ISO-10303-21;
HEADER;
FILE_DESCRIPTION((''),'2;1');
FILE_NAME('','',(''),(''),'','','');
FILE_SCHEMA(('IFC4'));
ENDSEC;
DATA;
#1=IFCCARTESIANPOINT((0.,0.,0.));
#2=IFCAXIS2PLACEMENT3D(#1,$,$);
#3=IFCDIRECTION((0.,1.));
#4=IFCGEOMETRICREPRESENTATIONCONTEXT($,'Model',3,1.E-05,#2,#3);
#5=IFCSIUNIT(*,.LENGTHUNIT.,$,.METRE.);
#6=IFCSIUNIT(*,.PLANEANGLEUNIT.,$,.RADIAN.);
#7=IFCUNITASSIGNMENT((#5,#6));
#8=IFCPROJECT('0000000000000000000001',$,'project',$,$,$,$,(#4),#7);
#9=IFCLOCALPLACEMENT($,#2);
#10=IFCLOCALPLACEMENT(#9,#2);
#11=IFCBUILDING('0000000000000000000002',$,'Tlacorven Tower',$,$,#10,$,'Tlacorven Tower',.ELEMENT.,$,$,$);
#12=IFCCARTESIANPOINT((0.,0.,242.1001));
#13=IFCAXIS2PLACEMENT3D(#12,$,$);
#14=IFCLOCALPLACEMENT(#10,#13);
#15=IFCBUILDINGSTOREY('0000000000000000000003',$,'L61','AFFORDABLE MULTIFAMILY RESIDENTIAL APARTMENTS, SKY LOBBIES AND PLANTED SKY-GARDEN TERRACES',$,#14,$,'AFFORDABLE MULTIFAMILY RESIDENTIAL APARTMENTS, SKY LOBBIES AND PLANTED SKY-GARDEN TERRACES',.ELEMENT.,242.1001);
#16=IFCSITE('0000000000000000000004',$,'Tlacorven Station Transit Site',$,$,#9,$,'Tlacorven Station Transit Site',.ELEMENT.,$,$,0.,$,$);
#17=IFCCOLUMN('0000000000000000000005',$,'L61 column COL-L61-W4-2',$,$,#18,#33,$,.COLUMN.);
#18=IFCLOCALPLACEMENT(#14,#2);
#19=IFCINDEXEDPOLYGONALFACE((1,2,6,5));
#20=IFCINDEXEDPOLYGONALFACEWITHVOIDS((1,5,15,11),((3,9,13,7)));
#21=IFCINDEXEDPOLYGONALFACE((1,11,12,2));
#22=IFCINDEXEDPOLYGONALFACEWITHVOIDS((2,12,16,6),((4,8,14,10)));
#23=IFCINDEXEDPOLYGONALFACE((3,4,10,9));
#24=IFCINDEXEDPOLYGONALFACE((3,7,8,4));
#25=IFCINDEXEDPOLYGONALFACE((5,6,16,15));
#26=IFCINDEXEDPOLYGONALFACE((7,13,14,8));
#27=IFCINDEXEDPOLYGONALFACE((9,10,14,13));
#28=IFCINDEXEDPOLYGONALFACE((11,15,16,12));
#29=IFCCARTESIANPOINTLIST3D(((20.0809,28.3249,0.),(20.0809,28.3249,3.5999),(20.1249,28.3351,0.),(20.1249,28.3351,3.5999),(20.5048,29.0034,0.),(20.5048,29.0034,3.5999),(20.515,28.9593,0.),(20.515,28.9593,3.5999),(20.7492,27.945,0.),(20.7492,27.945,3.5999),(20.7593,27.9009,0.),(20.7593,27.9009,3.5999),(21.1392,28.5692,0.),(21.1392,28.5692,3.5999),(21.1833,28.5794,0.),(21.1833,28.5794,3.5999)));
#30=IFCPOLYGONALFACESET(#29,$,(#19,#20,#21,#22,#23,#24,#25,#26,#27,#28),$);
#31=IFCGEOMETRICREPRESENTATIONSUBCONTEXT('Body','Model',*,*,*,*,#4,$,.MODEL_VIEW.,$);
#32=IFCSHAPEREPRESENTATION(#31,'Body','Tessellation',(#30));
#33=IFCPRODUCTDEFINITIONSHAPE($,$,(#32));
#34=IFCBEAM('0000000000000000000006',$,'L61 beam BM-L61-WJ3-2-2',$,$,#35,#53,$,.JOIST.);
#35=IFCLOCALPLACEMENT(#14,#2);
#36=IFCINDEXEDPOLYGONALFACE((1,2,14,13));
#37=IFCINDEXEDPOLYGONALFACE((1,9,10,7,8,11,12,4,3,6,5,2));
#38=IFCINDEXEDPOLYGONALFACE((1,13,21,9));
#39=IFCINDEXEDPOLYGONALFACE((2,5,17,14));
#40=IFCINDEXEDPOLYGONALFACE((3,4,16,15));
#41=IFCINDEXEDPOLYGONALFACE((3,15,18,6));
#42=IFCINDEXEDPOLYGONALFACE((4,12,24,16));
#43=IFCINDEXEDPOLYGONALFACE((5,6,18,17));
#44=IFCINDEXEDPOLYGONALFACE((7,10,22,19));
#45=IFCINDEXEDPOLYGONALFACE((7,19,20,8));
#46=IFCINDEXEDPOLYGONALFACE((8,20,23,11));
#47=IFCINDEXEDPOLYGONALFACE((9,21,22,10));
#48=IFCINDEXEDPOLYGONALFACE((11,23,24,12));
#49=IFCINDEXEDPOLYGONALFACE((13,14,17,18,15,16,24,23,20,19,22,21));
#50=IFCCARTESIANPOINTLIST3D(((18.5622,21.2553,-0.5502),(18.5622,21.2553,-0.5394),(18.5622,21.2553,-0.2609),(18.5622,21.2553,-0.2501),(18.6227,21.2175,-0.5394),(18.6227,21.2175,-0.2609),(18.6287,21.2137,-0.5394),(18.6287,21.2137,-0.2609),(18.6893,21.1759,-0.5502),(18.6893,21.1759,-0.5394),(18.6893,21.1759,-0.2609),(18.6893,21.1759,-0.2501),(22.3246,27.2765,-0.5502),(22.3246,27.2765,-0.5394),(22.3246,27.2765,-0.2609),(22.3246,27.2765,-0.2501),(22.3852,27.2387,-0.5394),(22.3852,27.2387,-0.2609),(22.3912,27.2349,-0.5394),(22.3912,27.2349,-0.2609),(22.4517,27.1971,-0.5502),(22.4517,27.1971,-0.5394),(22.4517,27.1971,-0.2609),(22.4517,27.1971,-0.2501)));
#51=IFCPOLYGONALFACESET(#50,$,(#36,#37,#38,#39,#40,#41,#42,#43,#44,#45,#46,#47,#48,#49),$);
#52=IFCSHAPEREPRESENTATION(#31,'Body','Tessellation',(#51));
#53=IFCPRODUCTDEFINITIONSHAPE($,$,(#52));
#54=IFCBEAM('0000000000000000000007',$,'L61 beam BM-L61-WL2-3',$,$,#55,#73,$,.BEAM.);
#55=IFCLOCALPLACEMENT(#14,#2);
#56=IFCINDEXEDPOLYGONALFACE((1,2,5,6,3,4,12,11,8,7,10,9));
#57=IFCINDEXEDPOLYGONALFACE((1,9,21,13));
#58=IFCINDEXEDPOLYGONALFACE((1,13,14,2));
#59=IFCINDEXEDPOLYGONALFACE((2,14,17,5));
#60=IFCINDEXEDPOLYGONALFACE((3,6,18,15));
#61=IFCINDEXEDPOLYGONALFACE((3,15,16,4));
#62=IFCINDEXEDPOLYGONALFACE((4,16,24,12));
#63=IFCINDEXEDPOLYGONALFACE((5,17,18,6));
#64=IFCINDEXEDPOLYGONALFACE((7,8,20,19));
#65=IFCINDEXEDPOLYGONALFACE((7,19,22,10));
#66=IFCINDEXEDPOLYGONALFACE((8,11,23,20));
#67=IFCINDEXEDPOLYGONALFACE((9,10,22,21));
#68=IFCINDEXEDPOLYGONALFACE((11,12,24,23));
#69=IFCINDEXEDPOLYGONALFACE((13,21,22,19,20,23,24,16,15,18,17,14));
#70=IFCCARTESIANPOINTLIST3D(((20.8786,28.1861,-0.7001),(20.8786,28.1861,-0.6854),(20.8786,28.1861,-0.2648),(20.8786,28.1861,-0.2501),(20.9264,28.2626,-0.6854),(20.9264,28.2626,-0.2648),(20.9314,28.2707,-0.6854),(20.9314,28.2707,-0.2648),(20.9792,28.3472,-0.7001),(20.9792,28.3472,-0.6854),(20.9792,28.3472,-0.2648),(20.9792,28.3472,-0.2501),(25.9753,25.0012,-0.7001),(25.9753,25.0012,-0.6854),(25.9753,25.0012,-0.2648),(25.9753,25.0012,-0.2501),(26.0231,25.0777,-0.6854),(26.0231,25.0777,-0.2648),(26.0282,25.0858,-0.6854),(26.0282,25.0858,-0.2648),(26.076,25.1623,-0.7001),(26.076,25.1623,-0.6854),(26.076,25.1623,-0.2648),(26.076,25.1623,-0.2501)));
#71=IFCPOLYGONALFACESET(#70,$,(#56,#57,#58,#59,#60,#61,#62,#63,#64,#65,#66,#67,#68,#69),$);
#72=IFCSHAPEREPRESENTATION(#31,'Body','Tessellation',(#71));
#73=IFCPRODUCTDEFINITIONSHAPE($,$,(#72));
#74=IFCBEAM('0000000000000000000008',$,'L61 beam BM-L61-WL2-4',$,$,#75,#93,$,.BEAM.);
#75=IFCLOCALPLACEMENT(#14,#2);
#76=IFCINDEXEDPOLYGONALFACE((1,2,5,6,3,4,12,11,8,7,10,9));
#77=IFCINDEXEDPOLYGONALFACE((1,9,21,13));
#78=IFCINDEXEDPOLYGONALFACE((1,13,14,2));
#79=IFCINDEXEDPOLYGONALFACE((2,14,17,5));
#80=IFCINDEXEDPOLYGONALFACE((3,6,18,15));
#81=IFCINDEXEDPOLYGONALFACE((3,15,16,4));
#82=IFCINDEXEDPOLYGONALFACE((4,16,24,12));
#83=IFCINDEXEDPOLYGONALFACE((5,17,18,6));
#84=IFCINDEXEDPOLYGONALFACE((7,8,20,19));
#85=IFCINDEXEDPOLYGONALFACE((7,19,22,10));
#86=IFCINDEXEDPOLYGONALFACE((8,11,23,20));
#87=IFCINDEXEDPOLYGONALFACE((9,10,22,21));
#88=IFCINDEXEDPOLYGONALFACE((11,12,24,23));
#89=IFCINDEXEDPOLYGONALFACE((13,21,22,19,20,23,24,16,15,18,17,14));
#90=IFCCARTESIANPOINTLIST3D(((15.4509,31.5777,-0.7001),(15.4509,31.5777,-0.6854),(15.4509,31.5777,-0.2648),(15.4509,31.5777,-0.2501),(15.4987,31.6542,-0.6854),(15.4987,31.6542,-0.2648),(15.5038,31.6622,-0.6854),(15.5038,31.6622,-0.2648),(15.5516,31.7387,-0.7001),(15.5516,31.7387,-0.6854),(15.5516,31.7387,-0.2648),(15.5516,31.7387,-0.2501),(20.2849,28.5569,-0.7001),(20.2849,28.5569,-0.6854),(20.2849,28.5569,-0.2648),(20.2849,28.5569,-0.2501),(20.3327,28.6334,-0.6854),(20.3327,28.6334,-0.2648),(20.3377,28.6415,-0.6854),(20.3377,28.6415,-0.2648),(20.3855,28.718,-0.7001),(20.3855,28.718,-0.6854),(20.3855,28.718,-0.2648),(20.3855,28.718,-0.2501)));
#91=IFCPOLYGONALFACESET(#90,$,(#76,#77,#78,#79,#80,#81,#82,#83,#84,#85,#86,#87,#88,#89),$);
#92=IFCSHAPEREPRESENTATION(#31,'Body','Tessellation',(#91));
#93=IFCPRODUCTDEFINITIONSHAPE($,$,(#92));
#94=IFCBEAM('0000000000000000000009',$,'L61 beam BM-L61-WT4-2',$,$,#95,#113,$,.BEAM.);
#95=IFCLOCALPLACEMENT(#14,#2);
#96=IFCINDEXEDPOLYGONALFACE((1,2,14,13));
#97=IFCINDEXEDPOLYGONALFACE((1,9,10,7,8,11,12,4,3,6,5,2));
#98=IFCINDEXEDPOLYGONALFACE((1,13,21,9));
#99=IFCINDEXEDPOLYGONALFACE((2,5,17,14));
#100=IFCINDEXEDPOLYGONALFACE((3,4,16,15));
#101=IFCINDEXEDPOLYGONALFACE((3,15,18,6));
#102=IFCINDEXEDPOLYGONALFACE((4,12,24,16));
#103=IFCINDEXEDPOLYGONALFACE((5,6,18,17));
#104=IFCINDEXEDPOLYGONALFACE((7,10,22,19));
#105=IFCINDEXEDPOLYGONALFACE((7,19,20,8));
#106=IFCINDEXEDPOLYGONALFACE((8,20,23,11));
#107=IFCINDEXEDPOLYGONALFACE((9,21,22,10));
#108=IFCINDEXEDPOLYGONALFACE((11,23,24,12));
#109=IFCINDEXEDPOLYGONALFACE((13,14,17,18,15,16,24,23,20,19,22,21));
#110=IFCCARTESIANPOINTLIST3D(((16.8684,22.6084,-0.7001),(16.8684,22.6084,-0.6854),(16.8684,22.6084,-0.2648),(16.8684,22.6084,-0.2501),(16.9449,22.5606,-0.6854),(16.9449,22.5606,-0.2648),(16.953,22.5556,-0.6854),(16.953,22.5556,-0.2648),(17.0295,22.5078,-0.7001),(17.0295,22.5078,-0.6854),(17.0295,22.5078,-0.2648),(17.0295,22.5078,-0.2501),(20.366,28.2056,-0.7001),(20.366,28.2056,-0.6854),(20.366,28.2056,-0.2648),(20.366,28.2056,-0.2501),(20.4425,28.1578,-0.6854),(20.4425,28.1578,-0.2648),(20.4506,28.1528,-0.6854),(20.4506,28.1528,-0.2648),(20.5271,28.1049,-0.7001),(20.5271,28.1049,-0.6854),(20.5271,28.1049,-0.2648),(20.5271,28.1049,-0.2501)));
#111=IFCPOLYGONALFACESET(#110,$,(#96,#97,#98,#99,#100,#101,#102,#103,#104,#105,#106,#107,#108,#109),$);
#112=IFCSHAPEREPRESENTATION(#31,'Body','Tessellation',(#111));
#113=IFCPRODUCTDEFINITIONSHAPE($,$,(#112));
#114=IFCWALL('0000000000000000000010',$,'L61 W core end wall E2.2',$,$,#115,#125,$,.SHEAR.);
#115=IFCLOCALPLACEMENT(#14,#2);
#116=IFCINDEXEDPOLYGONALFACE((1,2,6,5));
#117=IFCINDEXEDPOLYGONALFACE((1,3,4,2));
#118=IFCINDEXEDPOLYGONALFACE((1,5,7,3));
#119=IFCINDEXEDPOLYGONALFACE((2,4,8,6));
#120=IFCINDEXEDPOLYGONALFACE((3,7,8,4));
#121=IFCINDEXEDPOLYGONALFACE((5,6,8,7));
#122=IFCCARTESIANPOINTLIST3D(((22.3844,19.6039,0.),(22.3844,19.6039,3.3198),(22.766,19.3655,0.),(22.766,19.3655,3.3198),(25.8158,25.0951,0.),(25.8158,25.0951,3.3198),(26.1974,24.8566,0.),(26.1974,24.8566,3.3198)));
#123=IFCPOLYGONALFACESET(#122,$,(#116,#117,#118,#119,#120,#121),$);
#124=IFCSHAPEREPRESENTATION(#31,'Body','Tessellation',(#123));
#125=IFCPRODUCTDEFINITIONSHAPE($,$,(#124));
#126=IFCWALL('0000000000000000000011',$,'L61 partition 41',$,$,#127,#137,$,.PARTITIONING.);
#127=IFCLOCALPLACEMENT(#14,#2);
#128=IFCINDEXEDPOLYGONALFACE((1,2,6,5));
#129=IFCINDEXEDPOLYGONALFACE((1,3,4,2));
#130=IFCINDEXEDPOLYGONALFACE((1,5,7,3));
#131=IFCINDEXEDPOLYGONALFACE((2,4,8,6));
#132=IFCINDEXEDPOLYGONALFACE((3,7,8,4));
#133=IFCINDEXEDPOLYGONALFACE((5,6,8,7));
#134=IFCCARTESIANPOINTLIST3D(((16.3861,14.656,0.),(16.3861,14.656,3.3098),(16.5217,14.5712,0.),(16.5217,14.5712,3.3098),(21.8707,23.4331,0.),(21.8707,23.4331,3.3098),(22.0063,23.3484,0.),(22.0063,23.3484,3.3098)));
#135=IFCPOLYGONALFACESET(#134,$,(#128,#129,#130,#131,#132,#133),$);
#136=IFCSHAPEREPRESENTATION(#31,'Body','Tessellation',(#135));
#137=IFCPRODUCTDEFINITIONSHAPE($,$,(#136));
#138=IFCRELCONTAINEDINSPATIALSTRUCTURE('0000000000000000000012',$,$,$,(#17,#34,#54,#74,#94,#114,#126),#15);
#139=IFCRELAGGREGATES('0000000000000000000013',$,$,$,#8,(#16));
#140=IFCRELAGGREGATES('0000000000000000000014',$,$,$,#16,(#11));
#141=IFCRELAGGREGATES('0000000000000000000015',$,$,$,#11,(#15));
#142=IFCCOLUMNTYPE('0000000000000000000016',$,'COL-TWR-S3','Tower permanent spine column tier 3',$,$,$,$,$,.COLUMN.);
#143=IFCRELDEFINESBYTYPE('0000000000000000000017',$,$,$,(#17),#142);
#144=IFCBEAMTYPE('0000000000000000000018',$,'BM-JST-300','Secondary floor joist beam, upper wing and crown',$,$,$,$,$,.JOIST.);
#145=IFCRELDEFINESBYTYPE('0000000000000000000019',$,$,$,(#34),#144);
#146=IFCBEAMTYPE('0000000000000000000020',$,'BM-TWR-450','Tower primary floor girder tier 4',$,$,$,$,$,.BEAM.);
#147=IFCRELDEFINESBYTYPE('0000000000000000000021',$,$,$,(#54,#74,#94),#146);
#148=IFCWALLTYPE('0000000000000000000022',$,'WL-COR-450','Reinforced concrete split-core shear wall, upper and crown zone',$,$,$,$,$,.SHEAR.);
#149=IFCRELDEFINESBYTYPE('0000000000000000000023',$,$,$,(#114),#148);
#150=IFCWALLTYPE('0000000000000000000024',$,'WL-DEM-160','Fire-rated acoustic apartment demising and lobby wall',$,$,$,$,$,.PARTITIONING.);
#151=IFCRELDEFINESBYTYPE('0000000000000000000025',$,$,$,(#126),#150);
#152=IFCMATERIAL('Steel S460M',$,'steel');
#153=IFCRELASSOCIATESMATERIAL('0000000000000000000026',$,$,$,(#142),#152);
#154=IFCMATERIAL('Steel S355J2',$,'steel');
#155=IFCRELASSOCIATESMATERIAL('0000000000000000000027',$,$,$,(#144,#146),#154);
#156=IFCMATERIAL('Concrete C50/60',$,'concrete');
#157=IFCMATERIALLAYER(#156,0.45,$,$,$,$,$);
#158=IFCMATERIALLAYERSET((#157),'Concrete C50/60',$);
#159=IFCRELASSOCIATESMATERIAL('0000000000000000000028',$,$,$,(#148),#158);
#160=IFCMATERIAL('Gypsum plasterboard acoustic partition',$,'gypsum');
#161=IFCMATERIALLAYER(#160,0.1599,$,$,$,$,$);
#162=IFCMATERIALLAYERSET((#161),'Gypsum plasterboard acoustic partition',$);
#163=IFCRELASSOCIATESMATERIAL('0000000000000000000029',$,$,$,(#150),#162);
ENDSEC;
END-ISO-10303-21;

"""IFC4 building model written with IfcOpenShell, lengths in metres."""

from ifc_helpers import new_model, si_unit, direction, frame, frame_2d, origin, origin_2d, place, context, subcontext, project, spatial, rectangle, hollow_rectangle, i_section, extrude, source, transform, mapped, material, layer, layer_set, material_profile, profile_set, type_object, element, save


model = new_model("IFC4")

# Units and contexts
model_context = context("Model", 3, precision=1e-05, world=origin(), true_north=direction((0.0, 1.0)))
body_context = subcontext(model_context, "Body", "Model", "MODEL_VIEW")
ifc_project = project(units=[si_unit("LENGTHUNIT", "METRE"), si_unit("PLANEANGLEUNIT", "RADIAN")], contexts=[model_context])

# Site, building, storey
site_placement = place(None, origin())
site = spatial("IfcSite", under=ifc_project, at=site_placement, Name="Tlacorven Station Transit Site", LongName="Tlacorven Station Transit Site", CompositionType="ELEMENT", RefElevation=0.0)
building_placement = place(site_placement, origin())
building = spatial("IfcBuilding", under=site, at=building_placement, Name="Tlacorven Tower", LongName="Tlacorven Tower", CompositionType="ELEMENT")
storey_placement = place(building_placement, frame((0.0, 0.0, 242.1001)))
storey = spatial("IfcBuildingStorey", under=building, at=storey_placement, Name="L61", Description="AFFORDABLE MULTIFAMILY RESIDENTIAL APARTMENTS, SKY LOBBIES AND PLANTED SKY-GARDEN TERRACES", LongName="AFFORDABLE MULTIFAMILY RESIDENTIAL APARTMENTS, SKY LOBBIES AND PLANTED SKY-GARDEN TERRACES", CompositionType="ELEMENT", Elevation=242.1001)

# Column
ifc_material_1 = material(Name="Steel S460M", Category="steel")
ifc_material_profile_1 = material_profile(ifc_material_1, hollow_rectangle(XDim=0.8, YDim=0.8, WallThickness=0.032, at=origin_2d()), Name="BOX 800X800X32")
ifc_profile_set_1 = profile_set([ifc_material_profile_1], Name="Steel S460M")
column_type = type_object("IfcColumnType", Name="COL-TWR-S3", Description="Tower permanent spine column tier 3", PredefinedType="COLUMN", material=ifc_profile_set_1)
shared_shape_1 = source(origin(), body_context, "Body", "SweptSolid", [
    extrude(hollow_rectangle(XDim=0.8, YDim=0.8, WallThickness=0.032, at=origin_2d()), origin(), (0.0, 0.0, 1.0), 3.5999),
])
column_placement = place(storey_placement, frame((20.6321, 28.4521, 0.0), z_axis=(0.0, 0.0, 1.0), x_axis=(-0.848048, 0.529919, 0.0)))
element("IfcColumn", 1, at=column_placement, inside=storey, type_object=column_type, Name="L61 column COL-L61-W4-2", PredefinedType="COLUMN", context=body_context, shape_type="MappedRepresentation", body=[
    mapped(shared_shape_1, transform((0.0, 0.0, 0.0), scale=1.0)),
])

# Beams
ifc_material_2 = material(Name="Steel S355J2", Category="steel")
ifc_material_profile_2 = material_profile(ifc_material_2, i_section(OverallWidth=0.1499, OverallDepth=0.3, WebThickness=0.0071, FlangeThickness=0.0107, at=origin_2d()), Name="IPE 300")
ifc_profile_set_2 = profile_set([ifc_material_profile_2], Name="Steel S355J2")
beam_type_1 = type_object("IfcBeamType", Name="BM-JST-300", Description="Secondary floor joist beam, upper wing and crown", PredefinedType="JOIST", material=ifc_profile_set_2)
shared_shape_2 = source(origin(), body_context, "Body", "SweptSolid", [
    extrude(i_section(OverallWidth=0.1499, OverallDepth=0.3, WebThickness=0.0071, FlangeThickness=0.0107, at=origin_2d()), origin(), (0.0, 0.0, 1.0), 7.1001),
])
beam_1_placement = place(storey_placement, frame((22.3882, 27.2368, -0.4001), z_axis=(-0.529915, -0.84805, 0.0), x_axis=(0.84805, -0.529915, 0.0)))
element("IfcBeam", 2, at=beam_1_placement, inside=storey, type_object=beam_type_1, Name="L61 beam BM-L61-WJ3-2-2", PredefinedType="JOIST", context=body_context, shape_type="MappedRepresentation", body=[
    mapped(shared_shape_2, transform((0.0, 0.0, 0.0), scale=1.0)),
])
ifc_material_profile_3 = material_profile(ifc_material_2, i_section(OverallWidth=0.1899, OverallDepth=0.45, WebThickness=0.0095, FlangeThickness=0.0146, at=origin_2d()), Name="IPE 450")
ifc_profile_set_3 = profile_set([ifc_material_profile_3], Name="Steel S355J2")
beam_type_2 = type_object("IfcBeamType", Name="BM-TWR-450", Description="Tower primary floor girder tier 4", PredefinedType="BEAM", material=ifc_profile_set_3)
shared_shape_3 = source(origin(), body_context, "Body", "SweptSolid", [
    extrude(i_section(OverallWidth=0.1899, OverallDepth=0.45, WebThickness=0.0095, FlangeThickness=0.0146, at=origin_2d()), origin(), (0.0, 0.0, 1.0), 6.01),
])
beam_2_placement = place(storey_placement, frame((26.0256, 25.0818, -0.4751), z_axis=(-0.848044, 0.529926, 0.0), x_axis=(-0.529926, -0.848044, 0.0)))
element("IfcBeam", 3, at=beam_2_placement, inside=storey, type_object=beam_type_2, Name="L61 beam BM-L61-WL2-3", PredefinedType="BEAM", context=body_context, shape_type="MappedRepresentation", body=[
    mapped(shared_shape_3, transform((0.0, 0.0, 0.0), scale=1.0)),
])
shared_shape_4 = source(origin(), body_context, "Body", "SweptSolid", [
    extrude(i_section(OverallWidth=0.1899, OverallDepth=0.45, WebThickness=0.0095, FlangeThickness=0.0146, at=origin_2d()), origin(), (0.0, 0.0, 1.0), 5.7002),
])
beam_3_placement = place(storey_placement, frame((20.3352, 28.6375, -0.4751), z_axis=(-0.848037, 0.529937, 0.0), x_axis=(-0.529937, -0.848037, 0.0)))
element("IfcBeam", 4, at=beam_3_placement, inside=storey, type_object=beam_type_2, Name="L61 beam BM-L61-WL2-4", PredefinedType="BEAM", context=body_context, shape_type="MappedRepresentation", body=[
    mapped(shared_shape_4, transform((0.0, 0.0, 0.0), scale=1.0)),
])
shared_shape_5 = source(origin(), body_context, "Body", "SweptSolid", [
    extrude(i_section(OverallWidth=0.1899, OverallDepth=0.45, WebThickness=0.0095, FlangeThickness=0.0146, at=origin_2d()), origin(), (0.0, 0.0, 1.0), 6.6001),
])
beam_4_placement = place(storey_placement, frame((20.4465, 28.1553, -0.4751), z_axis=(-0.529926, -0.848044, 0.0), x_axis=(0.848044, -0.529926, 0.0)))
element("IfcBeam", 5, at=beam_4_placement, inside=storey, type_object=beam_type_2, Name="L61 beam BM-L61-WT4-2", PredefinedType="BEAM", context=body_context, shape_type="MappedRepresentation", body=[
    mapped(shared_shape_5, transform((0.0, 0.0, 0.0), scale=1.0)),
])

# Walls
ifc_material_3 = material(Name="Concrete C50/60", Category="concrete")
ifc_layer_1 = layer(ifc_material_3, 0.45)
ifc_layer_set_1 = layer_set([ifc_layer_1], Name="Concrete C50/60")
wall_type_1 = type_object("IfcWallType", Name="WL-COR-450", Description="Reinforced concrete split-core shear wall, upper and crown zone", PredefinedType="SHEAR", material=ifc_layer_set_1)
wall_1_placement = place(storey_placement, frame((26.0066, 24.9758, 0.0), z_axis=(0.0, 0.0, 1.0), x_axis=(-0.529931, -0.848041, 0.0)))
element("IfcWall", 6, at=wall_1_placement, inside=storey, type_object=wall_type_1, Name="L61 W core end wall E2.2", PredefinedType="SHEAR", context=body_context, shape_type="SweptSolid", body=[
    extrude(rectangle(XDim=6.4751, YDim=0.45, at=frame_2d((3.2375, 0.0))), origin(), (0.0, 0.0, 1.0), 3.3198),
])
ifc_material_4 = material(Name="Gypsum plasterboard acoustic partition", Category="gypsum")
ifc_layer_2 = layer(ifc_material_4, 0.1599)
ifc_layer_set_2 = layer_set([ifc_layer_2], Name="Gypsum plasterboard acoustic partition")
wall_type_2 = type_object("IfcWallType", Name="WL-DEM-160", Description="Fire-rated acoustic apartment demising and lobby wall", PredefinedType="PARTITIONING", material=ifc_layer_set_2)
wall_2_placement = place(storey_placement, frame((21.9385, 23.3906, 0.0), z_axis=(0.0, 0.0, 1.0), x_axis=(-0.529925, -0.848045, 0.0)))
element("IfcWall", 7, at=wall_2_placement, inside=storey, type_object=wall_type_2, Name="L61 partition 41", PredefinedType="PARTITIONING", context=body_context, shape_type="SweptSolid", body=[
    extrude(rectangle(XDim=10.3499, YDim=0.1599, at=frame_2d((5.1748, 0.0))), origin(), (0.0, 0.0, 1.0), 3.3098),
])

save(model, "model.ifc")
